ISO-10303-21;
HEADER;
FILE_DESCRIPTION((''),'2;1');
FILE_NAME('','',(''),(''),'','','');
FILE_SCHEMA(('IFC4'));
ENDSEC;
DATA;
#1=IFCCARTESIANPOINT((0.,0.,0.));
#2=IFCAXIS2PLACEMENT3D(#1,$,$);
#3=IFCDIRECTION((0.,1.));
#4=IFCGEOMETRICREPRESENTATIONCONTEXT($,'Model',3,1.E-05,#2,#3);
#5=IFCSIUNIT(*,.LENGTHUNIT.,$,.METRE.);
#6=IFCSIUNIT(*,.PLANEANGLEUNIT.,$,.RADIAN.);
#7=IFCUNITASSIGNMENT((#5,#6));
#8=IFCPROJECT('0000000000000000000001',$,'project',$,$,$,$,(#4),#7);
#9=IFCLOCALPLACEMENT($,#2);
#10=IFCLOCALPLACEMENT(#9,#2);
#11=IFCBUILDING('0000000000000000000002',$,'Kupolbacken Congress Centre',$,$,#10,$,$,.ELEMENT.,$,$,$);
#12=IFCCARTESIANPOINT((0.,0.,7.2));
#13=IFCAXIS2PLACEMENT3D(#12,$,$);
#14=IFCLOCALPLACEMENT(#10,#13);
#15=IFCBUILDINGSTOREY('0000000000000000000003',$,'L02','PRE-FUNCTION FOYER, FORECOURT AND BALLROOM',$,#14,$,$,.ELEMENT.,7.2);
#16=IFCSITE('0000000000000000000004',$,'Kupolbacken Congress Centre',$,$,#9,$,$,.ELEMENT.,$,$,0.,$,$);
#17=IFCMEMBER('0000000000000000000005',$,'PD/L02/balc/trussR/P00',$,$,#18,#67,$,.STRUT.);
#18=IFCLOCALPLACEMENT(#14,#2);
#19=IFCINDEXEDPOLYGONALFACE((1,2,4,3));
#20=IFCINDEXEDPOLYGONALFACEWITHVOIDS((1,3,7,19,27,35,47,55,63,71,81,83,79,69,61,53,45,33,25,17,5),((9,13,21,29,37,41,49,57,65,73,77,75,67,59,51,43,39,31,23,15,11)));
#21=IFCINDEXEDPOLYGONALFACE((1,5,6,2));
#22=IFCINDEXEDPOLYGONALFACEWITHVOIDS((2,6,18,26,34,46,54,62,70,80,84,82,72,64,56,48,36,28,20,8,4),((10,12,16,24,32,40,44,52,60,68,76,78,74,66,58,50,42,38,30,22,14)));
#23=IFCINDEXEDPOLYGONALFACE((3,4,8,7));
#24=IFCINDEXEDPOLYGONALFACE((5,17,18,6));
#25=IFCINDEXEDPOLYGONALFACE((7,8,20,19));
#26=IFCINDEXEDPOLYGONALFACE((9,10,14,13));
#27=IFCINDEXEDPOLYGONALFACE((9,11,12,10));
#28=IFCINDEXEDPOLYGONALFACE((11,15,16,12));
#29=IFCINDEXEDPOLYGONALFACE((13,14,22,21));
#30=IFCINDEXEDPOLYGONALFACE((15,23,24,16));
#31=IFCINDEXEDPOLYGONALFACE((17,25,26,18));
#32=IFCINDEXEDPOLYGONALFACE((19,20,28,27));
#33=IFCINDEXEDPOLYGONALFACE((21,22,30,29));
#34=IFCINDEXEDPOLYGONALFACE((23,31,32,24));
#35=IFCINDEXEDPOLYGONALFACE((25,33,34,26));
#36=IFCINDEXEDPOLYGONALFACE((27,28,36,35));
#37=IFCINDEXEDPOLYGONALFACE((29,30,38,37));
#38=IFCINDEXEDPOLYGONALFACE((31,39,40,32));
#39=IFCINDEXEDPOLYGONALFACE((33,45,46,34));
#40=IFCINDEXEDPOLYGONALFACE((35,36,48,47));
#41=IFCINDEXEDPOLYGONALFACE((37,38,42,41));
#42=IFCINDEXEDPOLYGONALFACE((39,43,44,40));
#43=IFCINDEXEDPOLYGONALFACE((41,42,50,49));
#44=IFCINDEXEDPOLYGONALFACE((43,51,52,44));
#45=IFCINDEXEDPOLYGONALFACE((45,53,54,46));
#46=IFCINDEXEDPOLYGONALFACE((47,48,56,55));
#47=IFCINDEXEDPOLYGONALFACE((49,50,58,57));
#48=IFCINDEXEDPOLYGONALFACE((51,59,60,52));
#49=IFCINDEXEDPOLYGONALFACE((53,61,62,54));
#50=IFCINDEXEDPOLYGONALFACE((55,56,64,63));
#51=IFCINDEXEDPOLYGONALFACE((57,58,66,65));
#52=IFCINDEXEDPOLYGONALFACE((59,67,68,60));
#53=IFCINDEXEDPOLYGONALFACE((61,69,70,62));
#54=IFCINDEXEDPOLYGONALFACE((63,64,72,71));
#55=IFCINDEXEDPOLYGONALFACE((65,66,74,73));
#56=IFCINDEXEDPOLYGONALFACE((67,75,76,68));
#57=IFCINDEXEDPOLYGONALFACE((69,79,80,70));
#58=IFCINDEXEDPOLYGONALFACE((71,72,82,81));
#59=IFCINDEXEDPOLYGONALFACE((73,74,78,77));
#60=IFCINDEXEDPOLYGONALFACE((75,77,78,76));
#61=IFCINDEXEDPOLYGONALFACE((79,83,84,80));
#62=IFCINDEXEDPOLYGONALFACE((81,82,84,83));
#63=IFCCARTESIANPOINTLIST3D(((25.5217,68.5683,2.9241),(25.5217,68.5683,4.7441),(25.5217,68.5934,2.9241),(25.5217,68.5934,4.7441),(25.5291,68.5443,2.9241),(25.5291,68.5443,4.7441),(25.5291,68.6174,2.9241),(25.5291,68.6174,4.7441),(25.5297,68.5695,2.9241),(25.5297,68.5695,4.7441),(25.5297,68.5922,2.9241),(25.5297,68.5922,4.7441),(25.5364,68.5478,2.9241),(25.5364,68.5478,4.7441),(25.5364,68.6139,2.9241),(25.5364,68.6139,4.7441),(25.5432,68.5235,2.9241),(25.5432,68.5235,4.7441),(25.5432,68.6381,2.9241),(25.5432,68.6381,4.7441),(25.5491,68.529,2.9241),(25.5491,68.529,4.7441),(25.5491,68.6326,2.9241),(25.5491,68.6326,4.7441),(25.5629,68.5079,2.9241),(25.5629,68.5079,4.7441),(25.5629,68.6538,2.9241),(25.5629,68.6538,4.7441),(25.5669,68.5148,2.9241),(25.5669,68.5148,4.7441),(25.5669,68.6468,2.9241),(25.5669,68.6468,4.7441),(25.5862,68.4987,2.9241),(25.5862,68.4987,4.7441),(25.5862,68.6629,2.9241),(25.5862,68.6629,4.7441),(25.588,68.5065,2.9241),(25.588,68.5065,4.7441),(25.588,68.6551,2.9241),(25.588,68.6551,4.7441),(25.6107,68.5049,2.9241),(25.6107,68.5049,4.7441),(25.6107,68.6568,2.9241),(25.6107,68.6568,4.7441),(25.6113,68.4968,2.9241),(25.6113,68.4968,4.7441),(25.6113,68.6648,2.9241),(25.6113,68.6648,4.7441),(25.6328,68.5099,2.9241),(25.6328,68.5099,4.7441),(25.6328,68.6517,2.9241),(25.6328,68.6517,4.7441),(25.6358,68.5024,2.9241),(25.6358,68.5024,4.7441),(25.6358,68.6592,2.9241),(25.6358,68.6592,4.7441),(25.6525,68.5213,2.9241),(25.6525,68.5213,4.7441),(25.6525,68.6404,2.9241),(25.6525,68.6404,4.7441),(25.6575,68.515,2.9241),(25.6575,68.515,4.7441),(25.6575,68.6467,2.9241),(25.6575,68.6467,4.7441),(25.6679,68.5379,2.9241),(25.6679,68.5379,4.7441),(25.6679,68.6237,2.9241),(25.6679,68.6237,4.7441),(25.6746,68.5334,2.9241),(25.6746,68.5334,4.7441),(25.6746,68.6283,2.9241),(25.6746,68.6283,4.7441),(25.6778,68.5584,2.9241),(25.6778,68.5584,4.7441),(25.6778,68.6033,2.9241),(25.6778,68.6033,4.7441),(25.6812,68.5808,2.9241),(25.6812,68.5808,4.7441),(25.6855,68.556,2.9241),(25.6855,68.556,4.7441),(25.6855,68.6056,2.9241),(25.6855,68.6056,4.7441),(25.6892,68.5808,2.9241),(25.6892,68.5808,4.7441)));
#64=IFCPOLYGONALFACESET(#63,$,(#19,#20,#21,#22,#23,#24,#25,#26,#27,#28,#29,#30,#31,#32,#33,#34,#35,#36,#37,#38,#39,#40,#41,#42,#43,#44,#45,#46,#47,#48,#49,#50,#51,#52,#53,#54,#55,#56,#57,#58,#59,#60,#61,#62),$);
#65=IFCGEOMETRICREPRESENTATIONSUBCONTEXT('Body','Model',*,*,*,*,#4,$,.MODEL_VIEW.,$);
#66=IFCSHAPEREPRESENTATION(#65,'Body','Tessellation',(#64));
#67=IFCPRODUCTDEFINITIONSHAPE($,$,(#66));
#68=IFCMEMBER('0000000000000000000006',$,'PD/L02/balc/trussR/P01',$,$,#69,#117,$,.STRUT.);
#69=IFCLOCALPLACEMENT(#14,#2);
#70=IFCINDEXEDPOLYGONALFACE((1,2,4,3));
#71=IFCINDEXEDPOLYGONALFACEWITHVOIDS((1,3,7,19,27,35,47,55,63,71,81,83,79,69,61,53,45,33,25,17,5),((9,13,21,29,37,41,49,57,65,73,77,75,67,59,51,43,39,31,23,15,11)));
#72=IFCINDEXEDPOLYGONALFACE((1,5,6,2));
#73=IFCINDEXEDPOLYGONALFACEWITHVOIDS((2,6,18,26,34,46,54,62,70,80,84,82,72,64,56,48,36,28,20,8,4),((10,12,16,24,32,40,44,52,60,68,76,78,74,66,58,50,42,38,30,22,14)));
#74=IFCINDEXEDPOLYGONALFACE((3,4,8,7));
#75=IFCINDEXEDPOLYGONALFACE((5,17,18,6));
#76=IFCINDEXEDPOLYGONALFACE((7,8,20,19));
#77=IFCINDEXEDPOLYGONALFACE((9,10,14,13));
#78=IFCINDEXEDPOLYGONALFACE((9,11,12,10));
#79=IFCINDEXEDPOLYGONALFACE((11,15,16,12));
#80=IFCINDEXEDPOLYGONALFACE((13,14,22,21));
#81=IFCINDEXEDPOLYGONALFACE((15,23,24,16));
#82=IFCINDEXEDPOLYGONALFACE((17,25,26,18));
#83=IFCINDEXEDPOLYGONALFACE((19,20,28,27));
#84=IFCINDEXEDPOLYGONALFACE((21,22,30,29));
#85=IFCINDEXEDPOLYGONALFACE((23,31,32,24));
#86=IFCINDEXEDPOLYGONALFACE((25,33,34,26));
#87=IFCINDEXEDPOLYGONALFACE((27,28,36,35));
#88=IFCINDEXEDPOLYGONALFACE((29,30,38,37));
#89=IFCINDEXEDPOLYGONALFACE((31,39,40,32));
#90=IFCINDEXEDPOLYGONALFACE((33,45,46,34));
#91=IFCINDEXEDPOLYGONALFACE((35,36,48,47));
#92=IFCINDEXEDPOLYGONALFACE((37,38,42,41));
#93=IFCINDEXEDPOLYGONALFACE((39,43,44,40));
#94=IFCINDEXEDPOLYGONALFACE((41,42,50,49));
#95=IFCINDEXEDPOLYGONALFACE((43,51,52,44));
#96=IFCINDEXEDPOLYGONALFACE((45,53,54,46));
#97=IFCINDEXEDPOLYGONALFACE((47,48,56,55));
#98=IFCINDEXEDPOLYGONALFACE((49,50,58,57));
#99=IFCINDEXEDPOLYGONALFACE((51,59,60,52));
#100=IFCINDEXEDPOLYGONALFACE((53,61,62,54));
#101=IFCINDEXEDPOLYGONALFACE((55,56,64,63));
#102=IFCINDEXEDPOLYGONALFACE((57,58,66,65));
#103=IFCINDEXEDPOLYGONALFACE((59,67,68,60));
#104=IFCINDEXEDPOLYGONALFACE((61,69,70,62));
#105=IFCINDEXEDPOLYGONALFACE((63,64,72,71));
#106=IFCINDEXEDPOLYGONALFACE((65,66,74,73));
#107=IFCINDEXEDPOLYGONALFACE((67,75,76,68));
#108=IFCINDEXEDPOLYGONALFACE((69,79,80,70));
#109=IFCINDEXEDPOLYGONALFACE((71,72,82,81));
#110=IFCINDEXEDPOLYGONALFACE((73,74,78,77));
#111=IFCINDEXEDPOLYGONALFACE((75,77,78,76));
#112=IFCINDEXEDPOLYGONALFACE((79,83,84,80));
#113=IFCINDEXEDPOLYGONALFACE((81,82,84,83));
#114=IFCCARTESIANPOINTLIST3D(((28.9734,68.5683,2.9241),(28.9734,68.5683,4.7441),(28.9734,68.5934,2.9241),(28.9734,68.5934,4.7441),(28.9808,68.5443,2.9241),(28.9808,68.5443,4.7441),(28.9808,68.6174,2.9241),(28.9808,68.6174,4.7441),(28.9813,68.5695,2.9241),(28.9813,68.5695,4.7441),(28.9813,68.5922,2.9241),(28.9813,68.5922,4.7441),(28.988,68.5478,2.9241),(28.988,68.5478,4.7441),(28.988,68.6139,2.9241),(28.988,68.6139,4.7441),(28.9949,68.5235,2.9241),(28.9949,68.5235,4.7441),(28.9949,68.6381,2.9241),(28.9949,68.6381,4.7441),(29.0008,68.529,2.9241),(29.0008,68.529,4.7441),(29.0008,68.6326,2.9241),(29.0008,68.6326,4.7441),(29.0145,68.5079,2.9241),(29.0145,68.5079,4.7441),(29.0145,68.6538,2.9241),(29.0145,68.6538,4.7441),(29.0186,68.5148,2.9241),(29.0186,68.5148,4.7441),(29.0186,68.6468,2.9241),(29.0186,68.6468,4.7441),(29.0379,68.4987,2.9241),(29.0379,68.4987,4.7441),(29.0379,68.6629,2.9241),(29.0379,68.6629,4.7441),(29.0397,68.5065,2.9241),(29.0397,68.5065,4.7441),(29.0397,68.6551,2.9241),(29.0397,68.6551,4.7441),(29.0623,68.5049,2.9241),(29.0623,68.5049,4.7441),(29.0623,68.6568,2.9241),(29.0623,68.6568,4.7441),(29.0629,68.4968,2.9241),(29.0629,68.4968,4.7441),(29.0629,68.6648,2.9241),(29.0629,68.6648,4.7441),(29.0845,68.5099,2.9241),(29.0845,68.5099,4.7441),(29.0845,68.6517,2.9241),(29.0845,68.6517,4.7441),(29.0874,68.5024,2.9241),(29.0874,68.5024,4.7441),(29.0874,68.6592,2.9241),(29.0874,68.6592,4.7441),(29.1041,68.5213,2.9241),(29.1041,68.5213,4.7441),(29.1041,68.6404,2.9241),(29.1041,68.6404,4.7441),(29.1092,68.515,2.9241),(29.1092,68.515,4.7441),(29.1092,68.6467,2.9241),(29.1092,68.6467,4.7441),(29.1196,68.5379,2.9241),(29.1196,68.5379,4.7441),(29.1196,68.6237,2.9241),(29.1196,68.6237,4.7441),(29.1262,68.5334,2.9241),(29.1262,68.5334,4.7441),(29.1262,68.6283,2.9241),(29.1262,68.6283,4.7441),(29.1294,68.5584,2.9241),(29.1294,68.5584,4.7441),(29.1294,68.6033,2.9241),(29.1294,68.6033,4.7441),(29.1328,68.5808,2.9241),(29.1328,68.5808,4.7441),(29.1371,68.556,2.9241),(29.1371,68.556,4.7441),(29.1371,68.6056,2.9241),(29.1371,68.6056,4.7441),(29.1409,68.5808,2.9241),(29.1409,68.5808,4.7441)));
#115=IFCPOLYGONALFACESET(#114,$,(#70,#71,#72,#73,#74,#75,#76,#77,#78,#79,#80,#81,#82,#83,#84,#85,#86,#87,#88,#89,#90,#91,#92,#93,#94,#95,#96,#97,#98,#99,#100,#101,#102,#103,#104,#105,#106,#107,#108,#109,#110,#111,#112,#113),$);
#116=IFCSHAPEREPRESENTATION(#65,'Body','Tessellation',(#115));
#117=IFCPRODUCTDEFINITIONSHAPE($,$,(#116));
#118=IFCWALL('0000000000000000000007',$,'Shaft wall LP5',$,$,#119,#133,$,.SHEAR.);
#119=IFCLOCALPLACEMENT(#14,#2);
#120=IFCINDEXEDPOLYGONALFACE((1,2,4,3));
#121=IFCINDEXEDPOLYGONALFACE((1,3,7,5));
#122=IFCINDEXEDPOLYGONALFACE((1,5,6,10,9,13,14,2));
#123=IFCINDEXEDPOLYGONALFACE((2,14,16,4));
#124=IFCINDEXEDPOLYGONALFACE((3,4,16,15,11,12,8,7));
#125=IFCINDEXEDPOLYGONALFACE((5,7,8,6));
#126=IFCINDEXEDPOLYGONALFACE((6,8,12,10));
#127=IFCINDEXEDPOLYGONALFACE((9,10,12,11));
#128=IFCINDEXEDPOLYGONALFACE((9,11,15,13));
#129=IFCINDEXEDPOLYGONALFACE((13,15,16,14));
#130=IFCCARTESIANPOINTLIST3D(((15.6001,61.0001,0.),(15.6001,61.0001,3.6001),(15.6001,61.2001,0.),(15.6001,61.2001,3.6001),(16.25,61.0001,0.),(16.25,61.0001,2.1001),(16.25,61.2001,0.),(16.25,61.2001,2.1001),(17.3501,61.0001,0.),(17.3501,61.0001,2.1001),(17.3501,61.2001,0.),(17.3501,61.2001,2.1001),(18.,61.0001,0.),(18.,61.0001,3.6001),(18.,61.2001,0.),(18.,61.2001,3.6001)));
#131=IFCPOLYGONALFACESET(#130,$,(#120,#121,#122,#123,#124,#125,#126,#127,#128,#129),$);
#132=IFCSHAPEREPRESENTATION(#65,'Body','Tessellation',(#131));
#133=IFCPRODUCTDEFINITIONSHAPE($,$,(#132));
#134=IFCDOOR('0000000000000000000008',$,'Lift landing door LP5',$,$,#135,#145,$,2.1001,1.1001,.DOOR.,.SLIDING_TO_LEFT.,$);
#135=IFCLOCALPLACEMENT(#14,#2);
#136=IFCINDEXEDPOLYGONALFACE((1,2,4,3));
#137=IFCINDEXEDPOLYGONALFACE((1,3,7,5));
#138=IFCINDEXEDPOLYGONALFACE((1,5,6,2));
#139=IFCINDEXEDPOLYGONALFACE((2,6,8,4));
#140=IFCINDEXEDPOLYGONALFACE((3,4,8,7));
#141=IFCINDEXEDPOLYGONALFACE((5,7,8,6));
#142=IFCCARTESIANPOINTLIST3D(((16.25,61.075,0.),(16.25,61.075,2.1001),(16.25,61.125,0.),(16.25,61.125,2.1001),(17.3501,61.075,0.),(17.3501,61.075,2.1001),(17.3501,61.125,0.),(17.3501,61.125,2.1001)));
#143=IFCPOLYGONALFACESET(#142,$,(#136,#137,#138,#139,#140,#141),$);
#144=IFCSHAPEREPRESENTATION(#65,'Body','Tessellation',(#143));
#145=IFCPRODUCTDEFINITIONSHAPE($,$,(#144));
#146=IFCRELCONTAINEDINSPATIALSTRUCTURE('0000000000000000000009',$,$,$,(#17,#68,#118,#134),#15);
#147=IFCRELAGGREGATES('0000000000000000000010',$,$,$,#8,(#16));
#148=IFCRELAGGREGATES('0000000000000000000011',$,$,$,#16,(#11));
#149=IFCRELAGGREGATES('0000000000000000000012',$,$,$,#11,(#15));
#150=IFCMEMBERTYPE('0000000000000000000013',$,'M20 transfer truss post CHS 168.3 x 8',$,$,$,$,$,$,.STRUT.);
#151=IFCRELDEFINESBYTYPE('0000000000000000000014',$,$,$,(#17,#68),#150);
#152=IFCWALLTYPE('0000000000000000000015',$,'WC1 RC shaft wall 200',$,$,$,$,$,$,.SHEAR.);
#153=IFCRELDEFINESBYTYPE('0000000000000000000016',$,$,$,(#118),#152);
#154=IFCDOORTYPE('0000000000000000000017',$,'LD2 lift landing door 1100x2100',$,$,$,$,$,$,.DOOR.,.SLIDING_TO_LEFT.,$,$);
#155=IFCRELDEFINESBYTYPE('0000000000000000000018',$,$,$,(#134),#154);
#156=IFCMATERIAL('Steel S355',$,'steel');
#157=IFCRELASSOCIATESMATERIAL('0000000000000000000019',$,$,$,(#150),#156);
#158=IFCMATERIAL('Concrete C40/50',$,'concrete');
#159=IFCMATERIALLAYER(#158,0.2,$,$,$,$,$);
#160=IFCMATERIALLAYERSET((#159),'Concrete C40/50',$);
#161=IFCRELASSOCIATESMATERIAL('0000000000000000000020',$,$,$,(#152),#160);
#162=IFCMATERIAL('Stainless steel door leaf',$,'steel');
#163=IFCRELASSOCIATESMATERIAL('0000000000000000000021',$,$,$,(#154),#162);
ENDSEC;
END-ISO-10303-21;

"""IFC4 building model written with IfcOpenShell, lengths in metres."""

from ifc_helpers import new_model, si_unit, direction, frame, frame_2d, origin, origin_2d, place, context, subcontext, project, spatial, rectangle, hollow_circle, extrude, material, layer, layer_set, material_profile, profile_set, type_object, element, fill, save


model = new_model("IFC4")

# Units and contexts
model_context = context("Model", 3, precision=1e-05, world=origin(), true_north=direction((0.0, 1.0)))
body_context = subcontext(model_context, "Body", "Model", "MODEL_VIEW")
ifc_project = project(units=[si_unit("LENGTHUNIT", "METRE"), si_unit("PLANEANGLEUNIT", "RADIAN")], contexts=[model_context])

# Site, building, storey
site_placement = place(None, origin())
site = spatial("IfcSite", under=ifc_project, at=site_placement, Name="Kupolbacken Congress Centre", CompositionType="ELEMENT", RefElevation=0.0)
building_placement = place(site_placement, origin())
building = spatial("IfcBuilding", under=site, at=building_placement, Name="Kupolbacken Congress Centre", CompositionType="ELEMENT")
storey_placement = place(building_placement, frame((0.0, 0.0, 7.2)))
storey = spatial("IfcBuildingStorey", under=building, at=storey_placement, Name="L02", Description="PRE-FUNCTION FOYER, FORECOURT AND BALLROOM", CompositionType="ELEMENT", Elevation=7.2)

# Members
ifc_material_1 = material(Name="Steel S355", Category="steel")
ifc_material_profile_1 = material_profile(ifc_material_1, hollow_circle(Radius=0.0842, WallThickness=0.0081, at=origin_2d()), Name="CHS 168.3 x 8")
ifc_profile_set_1 = profile_set([ifc_material_profile_1], Name="Steel S355")
member_type_1 = type_object("IfcMemberType", Name="M20 transfer truss post CHS 168.3 x 8", PredefinedType="STRUT", material=ifc_profile_set_1)
for number, where, z_axis, x_axis, name in (
    (1, (25.605, 68.5808, 2.9241), (0.0, 0.0, 1.0), (1.0, 0.0, 0.0), "PD/L02/balc/trussR/P00"),
    (2, (29.0566, 68.5808, 2.9241), (0.0, 0.0, 1.0), (1.0, 0.0, 0.0), "PD/L02/balc/trussR/P01"),
):
    element("IfcMember", number, at=place(storey_placement, frame(where, z_axis=z_axis, x_axis=x_axis)), inside=storey, type_object=member_type_1, Name=name, PredefinedType="STRUT", context=body_context, shape_type="SweptSolid", body=[
        extrude(hollow_circle(Radius=0.0842, WallThickness=0.0081, at=origin_2d()), origin(), (0.0, 0.0, 1.0), 1.8201),
    ])

# Wall, opening, door
ifc_material_2 = material(Name="Concrete C40/50", Category="concrete")
ifc_layer_1 = layer(ifc_material_2, 0.2)
ifc_layer_set_1 = layer_set([ifc_layer_1], Name="Concrete C40/50")
wall_type_1 = type_object("IfcWallType", Name="WC1 RC shaft wall 200", PredefinedType="SHEAR", material=ifc_layer_set_1)
wall_1_placement = place(storey_placement, frame((15.6001, 61.1001, 0.0), z_axis=(0.0, 0.0, 1.0), x_axis=(1.0, 0.0, 0.0)))
wall_1 = element("IfcWall", 3, at=wall_1_placement, inside=storey, type_object=wall_type_1, Name="Shaft wall LP5", PredefinedType="SHEAR", context=body_context, shape_type="SweptSolid", body=[
    extrude(rectangle(XDim=2.3999, YDim=0.2, at=frame_2d((1.2, 0.0))), origin(), (0.0, 0.0, 1.0), 3.6001),
])
opening_1_placement = place(wall_1_placement, frame((0.6499, 0.0, 0.0)))
opening_1 = element("IfcOpeningElement", 4, at=opening_1_placement, cuts=wall_1, PredefinedType="OPENING", context=body_context, shape_type="SweptSolid", body=[
    extrude(rectangle(XDim=1.1001, YDim=2.1001, at=frame_2d((0.55, 1.05))), frame((0.0, 0.1099, 0.0), z_axis=(0.0, -1.0, 0.0), x_axis=(1.0, 0.0, 0.0)), (0.0, 0.0, 1.0), 0.22),
])
ifc_material_3 = material(Name="Stainless steel door leaf", Category="steel")
door_type_1 = type_object("IfcDoorType", Name="LD2 lift landing door 1100x2100", OperationType="SLIDING_TO_LEFT", PredefinedType="DOOR", material=ifc_material_3)
door_1_placement = place(opening_1_placement, origin())
door_1 = element("IfcDoor", 5, at=door_1_placement, inside=storey, type_object=door_type_1, Name="Lift landing door LP5", OperationType="SLIDING_TO_LEFT", OverallHeight=2.1001, OverallWidth=1.1001, PredefinedType="DOOR", context=body_context, shape_type="SweptSolid", body=[
    extrude(rectangle(XDim=1.1001, YDim=2.1001, at=frame_2d((0.55, 1.05))), frame((0.0, 0.0249, 0.0), z_axis=(0.0, -1.0, 0.0), x_axis=(1.0, 0.0, 0.0)), (0.0, 0.0, 1.0), 0.05),
])
fill(opening_1, door_1)

save(model, "model.ifc")
